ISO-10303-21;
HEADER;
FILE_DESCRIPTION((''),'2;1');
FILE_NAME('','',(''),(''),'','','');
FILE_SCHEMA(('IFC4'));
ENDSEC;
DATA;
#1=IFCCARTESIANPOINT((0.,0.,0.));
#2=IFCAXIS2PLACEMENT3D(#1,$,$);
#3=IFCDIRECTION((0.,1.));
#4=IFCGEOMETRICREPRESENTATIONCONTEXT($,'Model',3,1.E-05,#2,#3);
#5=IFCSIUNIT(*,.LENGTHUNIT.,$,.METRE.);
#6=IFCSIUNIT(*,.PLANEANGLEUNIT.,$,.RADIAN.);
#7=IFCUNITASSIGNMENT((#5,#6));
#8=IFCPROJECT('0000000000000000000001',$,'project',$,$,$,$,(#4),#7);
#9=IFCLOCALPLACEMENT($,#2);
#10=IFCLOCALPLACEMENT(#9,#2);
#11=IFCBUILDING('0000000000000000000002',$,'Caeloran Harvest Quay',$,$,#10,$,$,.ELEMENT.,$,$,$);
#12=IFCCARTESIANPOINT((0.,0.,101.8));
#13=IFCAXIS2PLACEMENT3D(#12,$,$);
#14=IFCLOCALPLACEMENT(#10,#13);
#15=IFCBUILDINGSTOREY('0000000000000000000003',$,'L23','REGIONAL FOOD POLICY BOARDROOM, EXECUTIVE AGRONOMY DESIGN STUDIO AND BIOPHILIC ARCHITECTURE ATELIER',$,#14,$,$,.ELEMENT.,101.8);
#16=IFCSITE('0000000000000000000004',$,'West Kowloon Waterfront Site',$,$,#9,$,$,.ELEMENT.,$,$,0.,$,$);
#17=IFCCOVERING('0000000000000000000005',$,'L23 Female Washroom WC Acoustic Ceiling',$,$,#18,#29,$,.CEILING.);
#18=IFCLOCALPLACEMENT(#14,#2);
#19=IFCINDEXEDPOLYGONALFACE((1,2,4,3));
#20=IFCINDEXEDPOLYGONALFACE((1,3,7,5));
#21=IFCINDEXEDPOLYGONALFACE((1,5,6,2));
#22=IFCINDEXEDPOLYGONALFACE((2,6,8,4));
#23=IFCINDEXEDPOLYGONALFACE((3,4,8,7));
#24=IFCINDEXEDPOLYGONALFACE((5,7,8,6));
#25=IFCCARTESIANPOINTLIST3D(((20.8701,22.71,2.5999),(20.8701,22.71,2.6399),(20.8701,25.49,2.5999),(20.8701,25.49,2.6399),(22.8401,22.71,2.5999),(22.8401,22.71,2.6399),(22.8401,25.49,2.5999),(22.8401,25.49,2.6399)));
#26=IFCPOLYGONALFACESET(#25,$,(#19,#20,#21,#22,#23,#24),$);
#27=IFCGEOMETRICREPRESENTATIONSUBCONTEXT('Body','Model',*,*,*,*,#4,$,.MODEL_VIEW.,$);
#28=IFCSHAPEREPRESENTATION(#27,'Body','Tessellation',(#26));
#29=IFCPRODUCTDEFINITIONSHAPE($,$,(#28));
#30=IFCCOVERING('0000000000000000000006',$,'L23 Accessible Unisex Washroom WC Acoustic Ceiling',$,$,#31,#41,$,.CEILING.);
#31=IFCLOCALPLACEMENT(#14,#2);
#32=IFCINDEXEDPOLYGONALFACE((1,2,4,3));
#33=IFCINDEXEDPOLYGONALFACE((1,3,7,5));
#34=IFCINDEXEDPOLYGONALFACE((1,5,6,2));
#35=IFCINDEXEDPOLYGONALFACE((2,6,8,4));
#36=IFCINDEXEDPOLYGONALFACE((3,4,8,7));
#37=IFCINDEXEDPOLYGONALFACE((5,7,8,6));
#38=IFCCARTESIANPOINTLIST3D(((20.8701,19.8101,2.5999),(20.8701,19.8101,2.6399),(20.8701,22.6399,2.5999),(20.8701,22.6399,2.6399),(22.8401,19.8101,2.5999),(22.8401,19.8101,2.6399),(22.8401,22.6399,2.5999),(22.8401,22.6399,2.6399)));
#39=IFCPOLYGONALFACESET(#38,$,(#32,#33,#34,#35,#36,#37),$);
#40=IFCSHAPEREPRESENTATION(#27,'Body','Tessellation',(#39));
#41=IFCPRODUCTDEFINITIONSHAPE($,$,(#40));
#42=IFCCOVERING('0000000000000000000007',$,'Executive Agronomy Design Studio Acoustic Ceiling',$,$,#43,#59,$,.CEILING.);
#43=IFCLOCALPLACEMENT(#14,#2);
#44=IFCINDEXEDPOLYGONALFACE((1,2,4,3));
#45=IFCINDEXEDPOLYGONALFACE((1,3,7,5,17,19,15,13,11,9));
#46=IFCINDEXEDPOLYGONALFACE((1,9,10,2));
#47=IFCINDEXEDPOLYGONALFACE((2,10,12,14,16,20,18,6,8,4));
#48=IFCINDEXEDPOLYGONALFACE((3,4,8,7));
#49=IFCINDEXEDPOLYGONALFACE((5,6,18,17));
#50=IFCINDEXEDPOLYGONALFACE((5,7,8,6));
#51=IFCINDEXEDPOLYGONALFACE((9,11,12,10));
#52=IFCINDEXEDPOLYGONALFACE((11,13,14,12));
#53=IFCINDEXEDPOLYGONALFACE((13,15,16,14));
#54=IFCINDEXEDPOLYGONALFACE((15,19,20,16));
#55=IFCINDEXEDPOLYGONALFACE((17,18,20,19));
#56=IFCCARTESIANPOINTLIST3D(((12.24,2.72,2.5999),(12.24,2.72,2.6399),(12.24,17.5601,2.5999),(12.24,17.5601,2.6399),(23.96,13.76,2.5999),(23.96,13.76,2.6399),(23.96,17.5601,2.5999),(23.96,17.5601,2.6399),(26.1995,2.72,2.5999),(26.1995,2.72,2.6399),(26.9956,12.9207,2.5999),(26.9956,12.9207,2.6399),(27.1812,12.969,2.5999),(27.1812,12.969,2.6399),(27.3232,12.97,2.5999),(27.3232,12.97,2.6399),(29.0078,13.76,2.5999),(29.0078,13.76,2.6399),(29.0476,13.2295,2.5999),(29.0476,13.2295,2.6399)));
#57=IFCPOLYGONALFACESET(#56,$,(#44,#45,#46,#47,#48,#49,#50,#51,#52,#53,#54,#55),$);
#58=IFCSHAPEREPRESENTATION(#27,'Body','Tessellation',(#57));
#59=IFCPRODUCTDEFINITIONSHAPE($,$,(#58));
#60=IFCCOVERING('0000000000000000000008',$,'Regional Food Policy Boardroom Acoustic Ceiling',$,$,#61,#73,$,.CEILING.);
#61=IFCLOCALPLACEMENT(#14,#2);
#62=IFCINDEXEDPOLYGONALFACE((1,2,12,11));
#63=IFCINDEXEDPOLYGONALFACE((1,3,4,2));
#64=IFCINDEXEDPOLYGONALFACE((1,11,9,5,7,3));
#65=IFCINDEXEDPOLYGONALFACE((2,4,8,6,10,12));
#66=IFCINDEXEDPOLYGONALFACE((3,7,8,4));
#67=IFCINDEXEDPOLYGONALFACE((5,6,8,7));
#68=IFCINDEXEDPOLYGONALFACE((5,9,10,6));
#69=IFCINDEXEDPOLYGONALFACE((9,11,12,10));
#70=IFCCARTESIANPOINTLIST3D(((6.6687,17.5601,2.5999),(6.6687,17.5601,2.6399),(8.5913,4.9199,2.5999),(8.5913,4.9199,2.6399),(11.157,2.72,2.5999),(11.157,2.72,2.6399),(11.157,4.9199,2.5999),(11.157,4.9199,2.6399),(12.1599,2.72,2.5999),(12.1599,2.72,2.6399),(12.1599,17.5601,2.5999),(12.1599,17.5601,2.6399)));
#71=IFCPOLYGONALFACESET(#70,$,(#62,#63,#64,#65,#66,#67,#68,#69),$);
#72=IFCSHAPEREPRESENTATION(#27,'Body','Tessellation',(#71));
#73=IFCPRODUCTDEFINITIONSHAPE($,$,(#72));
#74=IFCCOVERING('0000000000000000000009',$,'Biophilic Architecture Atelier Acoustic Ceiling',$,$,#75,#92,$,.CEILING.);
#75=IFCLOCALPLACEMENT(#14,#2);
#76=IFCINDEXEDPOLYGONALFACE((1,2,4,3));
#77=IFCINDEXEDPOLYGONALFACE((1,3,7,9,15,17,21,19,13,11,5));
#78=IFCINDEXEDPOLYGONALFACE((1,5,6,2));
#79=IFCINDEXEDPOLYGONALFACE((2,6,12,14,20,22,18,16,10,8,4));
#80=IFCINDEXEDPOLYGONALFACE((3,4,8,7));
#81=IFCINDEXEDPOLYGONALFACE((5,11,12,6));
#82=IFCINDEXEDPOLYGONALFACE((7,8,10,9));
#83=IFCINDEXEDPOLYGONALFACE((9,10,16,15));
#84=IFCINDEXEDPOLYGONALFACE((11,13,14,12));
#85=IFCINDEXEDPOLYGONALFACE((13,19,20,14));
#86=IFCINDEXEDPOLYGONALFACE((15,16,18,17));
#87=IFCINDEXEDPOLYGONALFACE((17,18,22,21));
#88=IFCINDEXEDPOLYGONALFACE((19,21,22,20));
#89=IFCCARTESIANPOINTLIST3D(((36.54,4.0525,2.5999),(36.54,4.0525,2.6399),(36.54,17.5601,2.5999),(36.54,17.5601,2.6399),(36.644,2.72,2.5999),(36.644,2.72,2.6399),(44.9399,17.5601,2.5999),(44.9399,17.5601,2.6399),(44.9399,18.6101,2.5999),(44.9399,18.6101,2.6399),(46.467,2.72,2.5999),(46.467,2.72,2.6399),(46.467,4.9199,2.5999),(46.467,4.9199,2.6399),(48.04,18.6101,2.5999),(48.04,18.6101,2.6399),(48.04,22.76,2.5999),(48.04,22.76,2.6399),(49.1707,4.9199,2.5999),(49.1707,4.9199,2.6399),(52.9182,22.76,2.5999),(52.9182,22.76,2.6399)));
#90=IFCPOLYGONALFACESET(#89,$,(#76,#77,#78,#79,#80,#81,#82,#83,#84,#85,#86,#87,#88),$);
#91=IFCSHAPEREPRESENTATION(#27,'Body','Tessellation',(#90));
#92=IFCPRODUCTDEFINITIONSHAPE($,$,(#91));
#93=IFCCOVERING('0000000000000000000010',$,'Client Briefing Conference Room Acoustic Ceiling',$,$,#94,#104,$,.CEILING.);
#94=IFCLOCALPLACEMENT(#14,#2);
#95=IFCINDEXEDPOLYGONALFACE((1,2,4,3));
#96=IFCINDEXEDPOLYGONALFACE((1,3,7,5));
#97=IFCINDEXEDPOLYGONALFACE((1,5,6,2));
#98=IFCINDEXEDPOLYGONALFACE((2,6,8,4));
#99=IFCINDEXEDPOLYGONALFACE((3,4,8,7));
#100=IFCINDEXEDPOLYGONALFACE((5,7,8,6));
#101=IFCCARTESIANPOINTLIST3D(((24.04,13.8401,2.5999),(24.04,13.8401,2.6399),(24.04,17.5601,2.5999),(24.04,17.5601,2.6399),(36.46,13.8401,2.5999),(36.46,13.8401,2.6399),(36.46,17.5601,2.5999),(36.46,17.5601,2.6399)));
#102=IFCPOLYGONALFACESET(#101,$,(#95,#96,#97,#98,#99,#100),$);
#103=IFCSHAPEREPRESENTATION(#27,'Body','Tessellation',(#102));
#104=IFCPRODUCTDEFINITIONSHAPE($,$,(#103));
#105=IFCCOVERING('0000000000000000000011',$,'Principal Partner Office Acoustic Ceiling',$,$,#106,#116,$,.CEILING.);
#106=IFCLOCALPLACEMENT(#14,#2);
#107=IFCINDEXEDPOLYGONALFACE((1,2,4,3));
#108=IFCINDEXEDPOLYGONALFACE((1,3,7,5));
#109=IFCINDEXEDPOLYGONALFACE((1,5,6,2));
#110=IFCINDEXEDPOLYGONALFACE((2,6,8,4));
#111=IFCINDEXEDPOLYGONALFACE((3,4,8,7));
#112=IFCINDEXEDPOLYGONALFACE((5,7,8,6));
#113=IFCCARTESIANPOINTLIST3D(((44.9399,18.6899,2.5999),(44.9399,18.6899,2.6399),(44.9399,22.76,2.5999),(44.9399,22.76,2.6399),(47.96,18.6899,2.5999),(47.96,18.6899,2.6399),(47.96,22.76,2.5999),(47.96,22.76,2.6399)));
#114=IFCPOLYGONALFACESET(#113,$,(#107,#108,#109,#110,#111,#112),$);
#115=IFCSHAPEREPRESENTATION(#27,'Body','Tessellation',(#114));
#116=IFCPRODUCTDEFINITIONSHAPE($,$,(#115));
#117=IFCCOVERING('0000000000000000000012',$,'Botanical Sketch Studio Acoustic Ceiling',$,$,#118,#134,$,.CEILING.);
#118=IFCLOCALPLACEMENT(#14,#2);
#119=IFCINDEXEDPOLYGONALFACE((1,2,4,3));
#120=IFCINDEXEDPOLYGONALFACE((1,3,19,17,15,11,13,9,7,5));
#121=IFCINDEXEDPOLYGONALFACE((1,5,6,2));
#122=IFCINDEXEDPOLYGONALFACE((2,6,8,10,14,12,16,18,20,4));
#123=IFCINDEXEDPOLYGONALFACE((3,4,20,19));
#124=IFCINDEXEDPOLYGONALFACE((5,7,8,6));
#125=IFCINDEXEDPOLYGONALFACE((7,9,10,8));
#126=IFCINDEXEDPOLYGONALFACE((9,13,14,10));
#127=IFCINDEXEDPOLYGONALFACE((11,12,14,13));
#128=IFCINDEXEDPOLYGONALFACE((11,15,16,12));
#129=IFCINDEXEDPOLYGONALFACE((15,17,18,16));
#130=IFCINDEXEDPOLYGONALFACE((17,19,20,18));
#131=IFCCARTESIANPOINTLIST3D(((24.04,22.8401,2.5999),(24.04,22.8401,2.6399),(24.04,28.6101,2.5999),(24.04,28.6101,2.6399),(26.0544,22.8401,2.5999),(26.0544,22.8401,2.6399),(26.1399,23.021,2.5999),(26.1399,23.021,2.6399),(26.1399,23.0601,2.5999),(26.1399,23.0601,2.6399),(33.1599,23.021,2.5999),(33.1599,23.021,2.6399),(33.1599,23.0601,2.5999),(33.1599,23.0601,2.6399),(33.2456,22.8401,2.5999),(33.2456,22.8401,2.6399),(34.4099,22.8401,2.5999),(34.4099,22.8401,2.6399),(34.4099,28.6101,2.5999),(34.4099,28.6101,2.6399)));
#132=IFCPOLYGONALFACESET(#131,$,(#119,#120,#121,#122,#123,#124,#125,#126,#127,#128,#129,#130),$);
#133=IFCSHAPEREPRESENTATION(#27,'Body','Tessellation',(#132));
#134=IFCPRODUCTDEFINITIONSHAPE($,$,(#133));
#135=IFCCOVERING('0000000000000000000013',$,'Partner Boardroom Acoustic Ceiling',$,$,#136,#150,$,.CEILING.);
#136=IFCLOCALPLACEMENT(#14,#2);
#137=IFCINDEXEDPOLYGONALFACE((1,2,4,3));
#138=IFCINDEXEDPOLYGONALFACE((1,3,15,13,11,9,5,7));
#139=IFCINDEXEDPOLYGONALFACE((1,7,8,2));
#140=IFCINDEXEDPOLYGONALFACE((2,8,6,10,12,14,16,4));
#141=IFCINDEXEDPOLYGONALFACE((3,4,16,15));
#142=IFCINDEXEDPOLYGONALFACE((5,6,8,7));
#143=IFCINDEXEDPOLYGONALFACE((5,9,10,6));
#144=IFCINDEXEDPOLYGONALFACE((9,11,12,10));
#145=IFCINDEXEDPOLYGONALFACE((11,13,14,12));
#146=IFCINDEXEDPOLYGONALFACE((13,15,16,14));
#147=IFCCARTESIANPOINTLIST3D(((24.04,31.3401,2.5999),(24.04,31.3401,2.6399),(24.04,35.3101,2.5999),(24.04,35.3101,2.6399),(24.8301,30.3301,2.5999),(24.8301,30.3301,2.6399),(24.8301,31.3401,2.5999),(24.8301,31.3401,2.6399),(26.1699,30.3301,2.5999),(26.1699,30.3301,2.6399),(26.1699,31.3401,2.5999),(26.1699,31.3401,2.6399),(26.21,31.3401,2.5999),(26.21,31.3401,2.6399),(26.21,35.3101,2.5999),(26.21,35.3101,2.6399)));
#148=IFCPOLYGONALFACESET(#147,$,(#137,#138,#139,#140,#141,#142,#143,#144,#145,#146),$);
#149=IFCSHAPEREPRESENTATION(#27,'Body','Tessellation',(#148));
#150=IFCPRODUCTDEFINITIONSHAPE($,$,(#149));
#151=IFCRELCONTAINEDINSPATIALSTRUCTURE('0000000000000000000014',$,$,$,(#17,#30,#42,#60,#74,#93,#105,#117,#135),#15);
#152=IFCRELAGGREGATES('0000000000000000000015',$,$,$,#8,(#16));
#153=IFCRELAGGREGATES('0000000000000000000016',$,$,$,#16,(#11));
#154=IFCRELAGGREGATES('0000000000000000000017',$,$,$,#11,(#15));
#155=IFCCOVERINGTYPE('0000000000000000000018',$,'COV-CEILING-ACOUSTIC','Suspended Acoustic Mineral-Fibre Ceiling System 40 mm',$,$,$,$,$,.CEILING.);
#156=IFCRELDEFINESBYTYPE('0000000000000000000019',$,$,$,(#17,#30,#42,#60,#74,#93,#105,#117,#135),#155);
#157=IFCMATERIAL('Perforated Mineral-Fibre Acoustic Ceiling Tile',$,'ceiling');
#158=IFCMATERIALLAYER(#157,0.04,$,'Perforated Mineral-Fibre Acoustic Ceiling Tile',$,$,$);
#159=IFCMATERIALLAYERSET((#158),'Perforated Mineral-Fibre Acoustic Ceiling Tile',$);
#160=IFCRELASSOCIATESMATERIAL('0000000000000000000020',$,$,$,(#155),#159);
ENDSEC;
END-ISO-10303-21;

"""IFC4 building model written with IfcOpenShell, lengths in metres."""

from ifc_helpers import new_model, si_unit, direction, frame, origin, place, context, subcontext, project, spatial, polyline, outline, extrude, material, layer, layer_set, type_object, element, save


model = new_model("IFC4")

# Units and contexts
model_context = context("Model", 3, precision=1e-05, world=origin(), true_north=direction((0.0, 1.0)))
body_context = subcontext(model_context, "Body", "Model", "MODEL_VIEW")
ifc_project = project(units=[si_unit("LENGTHUNIT", "METRE"), si_unit("PLANEANGLEUNIT", "RADIAN")], contexts=[model_context])

# Site, building, storey
site_placement = place(None, origin())
site = spatial("IfcSite", under=ifc_project, at=site_placement, Name="West Kowloon Waterfront Site", CompositionType="ELEMENT", RefElevation=0.0)
building_placement = place(site_placement, origin())
building = spatial("IfcBuilding", under=site, at=building_placement, Name="Caeloran Harvest Quay", CompositionType="ELEMENT")
storey_placement = place(building_placement, frame((0.0, 0.0, 101.8)))
storey = spatial("IfcBuildingStorey", under=building, at=storey_placement, Name="L23", Description="REGIONAL FOOD POLICY BOARDROOM, EXECUTIVE AGRONOMY DESIGN STUDIO AND BIOPHILIC ARCHITECTURE ATELIER", CompositionType="ELEMENT", Elevation=101.8)

# Coverings
ifc_material_1 = material(Name="Perforated Mineral-Fibre Acoustic Ceiling Tile", Category="ceiling")
ifc_layer_1 = layer(ifc_material_1, 0.04, Name="Perforated Mineral-Fibre Acoustic Ceiling Tile")
ifc_layer_set_1 = layer_set([ifc_layer_1], Name="Perforated Mineral-Fibre Acoustic Ceiling Tile")
covering_type_1 = type_object("IfcCoveringType", Name="COV-CEILING-ACOUSTIC", Description="Suspended Acoustic Mineral-Fibre Ceiling System 40 mm", PredefinedType="CEILING", material=ifc_layer_set_1)
covering_1_placement = place(storey_placement, frame((0.0, 0.0, 2.5999)))
element("IfcCovering", 1, at=covering_1_placement, inside=storey, type_object=covering_type_1, Name="L23 Female Washroom WC Acoustic Ceiling", PredefinedType="CEILING", context=body_context, shape_type="SweptSolid", body=[
    extrude(outline(polyline([(22.8401, 22.71), (20.8701, 22.71), (20.8701, 25.49), (22.8401, 25.49), (22.8401, 22.71)])), origin(), (0.0, 0.0, 1.0), 0.04),
])
covering_2_placement = place(storey_placement, frame((0.0, 0.0, 2.5999)))
element("IfcCovering", 2, at=covering_2_placement, inside=storey, type_object=covering_type_1, Name="L23 Accessible Unisex Washroom WC Acoustic Ceiling", PredefinedType="CEILING", context=body_context, shape_type="SweptSolid", body=[
    extrude(outline(polyline([(22.8401, 19.8101), (20.8701, 19.8101), (20.8701, 22.6399), (22.8401, 22.6399), (22.8401, 19.8101)])), origin(), (0.0, 0.0, 1.0), 0.04),
])
covering_3_placement = place(storey_placement, frame((0.0, 0.0, 2.5999)))
element("IfcCovering", 3, at=covering_3_placement, inside=storey, type_object=covering_type_1, Name="Executive Agronomy Design Studio Acoustic Ceiling", PredefinedType="CEILING", context=body_context, shape_type="SweptSolid", body=[
    extrude(outline(polyline([(29.0078, 13.76), (29.0476, 13.2295), (27.3232, 12.97), (27.1812, 12.969), (26.9956, 12.9207), (26.1995, 2.72), (12.24, 2.72), (12.24, 17.5601), (23.96, 17.5601), (23.96, 13.76), (29.0078, 13.76)])), origin(), (0.0, 0.0, 1.0), 0.04),
])
covering_4_placement = place(storey_placement, frame((0.0, 0.0, 2.5999)))
element("IfcCovering", 4, at=covering_4_placement, inside=storey, type_object=covering_type_1, Name="Regional Food Policy Boardroom Acoustic Ceiling", PredefinedType="CEILING", context=body_context, shape_type="SweptSolid", body=[
    extrude(outline(polyline([(12.1599, 2.72), (11.157, 2.72), (11.157, 4.9199), (8.5913, 4.9199), (6.6687, 17.5601), (12.1599, 17.5601), (12.1599, 2.72)])), origin(), (0.0, 0.0, 1.0), 0.04),
])
covering_5_placement = place(storey_placement, frame((0.0, 0.0, 2.5999)))
element("IfcCovering", 5, at=covering_5_placement, inside=storey, type_object=covering_type_1, Name="Biophilic Architecture Atelier Acoustic Ceiling", PredefinedType="CEILING", context=body_context, shape_type="SweptSolid", body=[
    extrude(outline(polyline([(36.54, 17.5601), (44.9399, 17.5601), (44.9399, 18.6101), (48.04, 18.6101), (48.04, 22.76), (52.9182, 22.76), (49.1707, 4.9199), (46.467, 4.9199), (46.467, 2.72), (36.644, 2.72), (36.54, 4.0525), (36.54, 17.5601)])), origin(), (0.0, 0.0, 1.0), 0.04),
])
covering_6_placement = place(storey_placement, frame((0.0, 0.0, 2.5999)))
element("IfcCovering", 6, at=covering_6_placement, inside=storey, type_object=covering_type_1, Name="Client Briefing Conference Room Acoustic Ceiling", PredefinedType="CEILING", context=body_context, shape_type="SweptSolid", body=[
    extrude(outline(polyline([(36.46, 13.8401), (24.04, 13.8401), (24.04, 17.5601), (36.46, 17.5601), (36.46, 13.8401)])), origin(), (0.0, 0.0, 1.0), 0.04),
])
covering_7_placement = place(storey_placement, frame((0.0, 0.0, 2.5999)))
element("IfcCovering", 7, at=covering_7_placement, inside=storey, type_object=covering_type_1, Name="Principal Partner Office Acoustic Ceiling", PredefinedType="CEILING", context=body_context, shape_type="SweptSolid", body=[
    extrude(outline(polyline([(44.9399, 18.6899), (44.9399, 22.76), (47.96, 22.76), (47.96, 18.6899), (44.9399, 18.6899)])), origin(), (0.0, 0.0, 1.0), 0.04),
])
covering_8_placement = place(storey_placement, frame((0.0, 0.0, 2.5999)))
element("IfcCovering", 8, at=covering_8_placement, inside=storey, type_object=covering_type_1, Name="Botanical Sketch Studio Acoustic Ceiling", PredefinedType="CEILING", context=body_context, shape_type="SweptSolid", body=[
    extrude(outline(polyline([(26.1399, 23.0601), (26.1399, 23.021), (26.0544, 22.8401), (24.04, 22.8401), (24.04, 28.6101), (34.4099, 28.6101), (34.4099, 22.8401), (33.2456, 22.8401), (33.1599, 23.021), (33.1599, 23.0601), (26.1399, 23.0601)])), origin(), (0.0, 0.0, 1.0), 0.04),
])
covering_9_placement = place(storey_placement, frame((0.0, 0.0, 2.5999)))
element("IfcCovering", 9, at=covering_9_placement, inside=storey, type_object=covering_type_1, Name="Partner Boardroom Acoustic Ceiling", PredefinedType="CEILING", context=body_context, shape_type="SweptSolid", body=[
    extrude(outline(polyline([(26.1699, 30.3301), (24.8301, 30.3301), (24.8301, 31.3401), (24.04, 31.3401), (24.04, 35.3101), (26.21, 35.3101), (26.21, 31.3401), (26.1699, 31.3401), (26.1699, 30.3301)])), origin(), (0.0, 0.0, 1.0), 0.04),
])

save(model, "model.ifc")
